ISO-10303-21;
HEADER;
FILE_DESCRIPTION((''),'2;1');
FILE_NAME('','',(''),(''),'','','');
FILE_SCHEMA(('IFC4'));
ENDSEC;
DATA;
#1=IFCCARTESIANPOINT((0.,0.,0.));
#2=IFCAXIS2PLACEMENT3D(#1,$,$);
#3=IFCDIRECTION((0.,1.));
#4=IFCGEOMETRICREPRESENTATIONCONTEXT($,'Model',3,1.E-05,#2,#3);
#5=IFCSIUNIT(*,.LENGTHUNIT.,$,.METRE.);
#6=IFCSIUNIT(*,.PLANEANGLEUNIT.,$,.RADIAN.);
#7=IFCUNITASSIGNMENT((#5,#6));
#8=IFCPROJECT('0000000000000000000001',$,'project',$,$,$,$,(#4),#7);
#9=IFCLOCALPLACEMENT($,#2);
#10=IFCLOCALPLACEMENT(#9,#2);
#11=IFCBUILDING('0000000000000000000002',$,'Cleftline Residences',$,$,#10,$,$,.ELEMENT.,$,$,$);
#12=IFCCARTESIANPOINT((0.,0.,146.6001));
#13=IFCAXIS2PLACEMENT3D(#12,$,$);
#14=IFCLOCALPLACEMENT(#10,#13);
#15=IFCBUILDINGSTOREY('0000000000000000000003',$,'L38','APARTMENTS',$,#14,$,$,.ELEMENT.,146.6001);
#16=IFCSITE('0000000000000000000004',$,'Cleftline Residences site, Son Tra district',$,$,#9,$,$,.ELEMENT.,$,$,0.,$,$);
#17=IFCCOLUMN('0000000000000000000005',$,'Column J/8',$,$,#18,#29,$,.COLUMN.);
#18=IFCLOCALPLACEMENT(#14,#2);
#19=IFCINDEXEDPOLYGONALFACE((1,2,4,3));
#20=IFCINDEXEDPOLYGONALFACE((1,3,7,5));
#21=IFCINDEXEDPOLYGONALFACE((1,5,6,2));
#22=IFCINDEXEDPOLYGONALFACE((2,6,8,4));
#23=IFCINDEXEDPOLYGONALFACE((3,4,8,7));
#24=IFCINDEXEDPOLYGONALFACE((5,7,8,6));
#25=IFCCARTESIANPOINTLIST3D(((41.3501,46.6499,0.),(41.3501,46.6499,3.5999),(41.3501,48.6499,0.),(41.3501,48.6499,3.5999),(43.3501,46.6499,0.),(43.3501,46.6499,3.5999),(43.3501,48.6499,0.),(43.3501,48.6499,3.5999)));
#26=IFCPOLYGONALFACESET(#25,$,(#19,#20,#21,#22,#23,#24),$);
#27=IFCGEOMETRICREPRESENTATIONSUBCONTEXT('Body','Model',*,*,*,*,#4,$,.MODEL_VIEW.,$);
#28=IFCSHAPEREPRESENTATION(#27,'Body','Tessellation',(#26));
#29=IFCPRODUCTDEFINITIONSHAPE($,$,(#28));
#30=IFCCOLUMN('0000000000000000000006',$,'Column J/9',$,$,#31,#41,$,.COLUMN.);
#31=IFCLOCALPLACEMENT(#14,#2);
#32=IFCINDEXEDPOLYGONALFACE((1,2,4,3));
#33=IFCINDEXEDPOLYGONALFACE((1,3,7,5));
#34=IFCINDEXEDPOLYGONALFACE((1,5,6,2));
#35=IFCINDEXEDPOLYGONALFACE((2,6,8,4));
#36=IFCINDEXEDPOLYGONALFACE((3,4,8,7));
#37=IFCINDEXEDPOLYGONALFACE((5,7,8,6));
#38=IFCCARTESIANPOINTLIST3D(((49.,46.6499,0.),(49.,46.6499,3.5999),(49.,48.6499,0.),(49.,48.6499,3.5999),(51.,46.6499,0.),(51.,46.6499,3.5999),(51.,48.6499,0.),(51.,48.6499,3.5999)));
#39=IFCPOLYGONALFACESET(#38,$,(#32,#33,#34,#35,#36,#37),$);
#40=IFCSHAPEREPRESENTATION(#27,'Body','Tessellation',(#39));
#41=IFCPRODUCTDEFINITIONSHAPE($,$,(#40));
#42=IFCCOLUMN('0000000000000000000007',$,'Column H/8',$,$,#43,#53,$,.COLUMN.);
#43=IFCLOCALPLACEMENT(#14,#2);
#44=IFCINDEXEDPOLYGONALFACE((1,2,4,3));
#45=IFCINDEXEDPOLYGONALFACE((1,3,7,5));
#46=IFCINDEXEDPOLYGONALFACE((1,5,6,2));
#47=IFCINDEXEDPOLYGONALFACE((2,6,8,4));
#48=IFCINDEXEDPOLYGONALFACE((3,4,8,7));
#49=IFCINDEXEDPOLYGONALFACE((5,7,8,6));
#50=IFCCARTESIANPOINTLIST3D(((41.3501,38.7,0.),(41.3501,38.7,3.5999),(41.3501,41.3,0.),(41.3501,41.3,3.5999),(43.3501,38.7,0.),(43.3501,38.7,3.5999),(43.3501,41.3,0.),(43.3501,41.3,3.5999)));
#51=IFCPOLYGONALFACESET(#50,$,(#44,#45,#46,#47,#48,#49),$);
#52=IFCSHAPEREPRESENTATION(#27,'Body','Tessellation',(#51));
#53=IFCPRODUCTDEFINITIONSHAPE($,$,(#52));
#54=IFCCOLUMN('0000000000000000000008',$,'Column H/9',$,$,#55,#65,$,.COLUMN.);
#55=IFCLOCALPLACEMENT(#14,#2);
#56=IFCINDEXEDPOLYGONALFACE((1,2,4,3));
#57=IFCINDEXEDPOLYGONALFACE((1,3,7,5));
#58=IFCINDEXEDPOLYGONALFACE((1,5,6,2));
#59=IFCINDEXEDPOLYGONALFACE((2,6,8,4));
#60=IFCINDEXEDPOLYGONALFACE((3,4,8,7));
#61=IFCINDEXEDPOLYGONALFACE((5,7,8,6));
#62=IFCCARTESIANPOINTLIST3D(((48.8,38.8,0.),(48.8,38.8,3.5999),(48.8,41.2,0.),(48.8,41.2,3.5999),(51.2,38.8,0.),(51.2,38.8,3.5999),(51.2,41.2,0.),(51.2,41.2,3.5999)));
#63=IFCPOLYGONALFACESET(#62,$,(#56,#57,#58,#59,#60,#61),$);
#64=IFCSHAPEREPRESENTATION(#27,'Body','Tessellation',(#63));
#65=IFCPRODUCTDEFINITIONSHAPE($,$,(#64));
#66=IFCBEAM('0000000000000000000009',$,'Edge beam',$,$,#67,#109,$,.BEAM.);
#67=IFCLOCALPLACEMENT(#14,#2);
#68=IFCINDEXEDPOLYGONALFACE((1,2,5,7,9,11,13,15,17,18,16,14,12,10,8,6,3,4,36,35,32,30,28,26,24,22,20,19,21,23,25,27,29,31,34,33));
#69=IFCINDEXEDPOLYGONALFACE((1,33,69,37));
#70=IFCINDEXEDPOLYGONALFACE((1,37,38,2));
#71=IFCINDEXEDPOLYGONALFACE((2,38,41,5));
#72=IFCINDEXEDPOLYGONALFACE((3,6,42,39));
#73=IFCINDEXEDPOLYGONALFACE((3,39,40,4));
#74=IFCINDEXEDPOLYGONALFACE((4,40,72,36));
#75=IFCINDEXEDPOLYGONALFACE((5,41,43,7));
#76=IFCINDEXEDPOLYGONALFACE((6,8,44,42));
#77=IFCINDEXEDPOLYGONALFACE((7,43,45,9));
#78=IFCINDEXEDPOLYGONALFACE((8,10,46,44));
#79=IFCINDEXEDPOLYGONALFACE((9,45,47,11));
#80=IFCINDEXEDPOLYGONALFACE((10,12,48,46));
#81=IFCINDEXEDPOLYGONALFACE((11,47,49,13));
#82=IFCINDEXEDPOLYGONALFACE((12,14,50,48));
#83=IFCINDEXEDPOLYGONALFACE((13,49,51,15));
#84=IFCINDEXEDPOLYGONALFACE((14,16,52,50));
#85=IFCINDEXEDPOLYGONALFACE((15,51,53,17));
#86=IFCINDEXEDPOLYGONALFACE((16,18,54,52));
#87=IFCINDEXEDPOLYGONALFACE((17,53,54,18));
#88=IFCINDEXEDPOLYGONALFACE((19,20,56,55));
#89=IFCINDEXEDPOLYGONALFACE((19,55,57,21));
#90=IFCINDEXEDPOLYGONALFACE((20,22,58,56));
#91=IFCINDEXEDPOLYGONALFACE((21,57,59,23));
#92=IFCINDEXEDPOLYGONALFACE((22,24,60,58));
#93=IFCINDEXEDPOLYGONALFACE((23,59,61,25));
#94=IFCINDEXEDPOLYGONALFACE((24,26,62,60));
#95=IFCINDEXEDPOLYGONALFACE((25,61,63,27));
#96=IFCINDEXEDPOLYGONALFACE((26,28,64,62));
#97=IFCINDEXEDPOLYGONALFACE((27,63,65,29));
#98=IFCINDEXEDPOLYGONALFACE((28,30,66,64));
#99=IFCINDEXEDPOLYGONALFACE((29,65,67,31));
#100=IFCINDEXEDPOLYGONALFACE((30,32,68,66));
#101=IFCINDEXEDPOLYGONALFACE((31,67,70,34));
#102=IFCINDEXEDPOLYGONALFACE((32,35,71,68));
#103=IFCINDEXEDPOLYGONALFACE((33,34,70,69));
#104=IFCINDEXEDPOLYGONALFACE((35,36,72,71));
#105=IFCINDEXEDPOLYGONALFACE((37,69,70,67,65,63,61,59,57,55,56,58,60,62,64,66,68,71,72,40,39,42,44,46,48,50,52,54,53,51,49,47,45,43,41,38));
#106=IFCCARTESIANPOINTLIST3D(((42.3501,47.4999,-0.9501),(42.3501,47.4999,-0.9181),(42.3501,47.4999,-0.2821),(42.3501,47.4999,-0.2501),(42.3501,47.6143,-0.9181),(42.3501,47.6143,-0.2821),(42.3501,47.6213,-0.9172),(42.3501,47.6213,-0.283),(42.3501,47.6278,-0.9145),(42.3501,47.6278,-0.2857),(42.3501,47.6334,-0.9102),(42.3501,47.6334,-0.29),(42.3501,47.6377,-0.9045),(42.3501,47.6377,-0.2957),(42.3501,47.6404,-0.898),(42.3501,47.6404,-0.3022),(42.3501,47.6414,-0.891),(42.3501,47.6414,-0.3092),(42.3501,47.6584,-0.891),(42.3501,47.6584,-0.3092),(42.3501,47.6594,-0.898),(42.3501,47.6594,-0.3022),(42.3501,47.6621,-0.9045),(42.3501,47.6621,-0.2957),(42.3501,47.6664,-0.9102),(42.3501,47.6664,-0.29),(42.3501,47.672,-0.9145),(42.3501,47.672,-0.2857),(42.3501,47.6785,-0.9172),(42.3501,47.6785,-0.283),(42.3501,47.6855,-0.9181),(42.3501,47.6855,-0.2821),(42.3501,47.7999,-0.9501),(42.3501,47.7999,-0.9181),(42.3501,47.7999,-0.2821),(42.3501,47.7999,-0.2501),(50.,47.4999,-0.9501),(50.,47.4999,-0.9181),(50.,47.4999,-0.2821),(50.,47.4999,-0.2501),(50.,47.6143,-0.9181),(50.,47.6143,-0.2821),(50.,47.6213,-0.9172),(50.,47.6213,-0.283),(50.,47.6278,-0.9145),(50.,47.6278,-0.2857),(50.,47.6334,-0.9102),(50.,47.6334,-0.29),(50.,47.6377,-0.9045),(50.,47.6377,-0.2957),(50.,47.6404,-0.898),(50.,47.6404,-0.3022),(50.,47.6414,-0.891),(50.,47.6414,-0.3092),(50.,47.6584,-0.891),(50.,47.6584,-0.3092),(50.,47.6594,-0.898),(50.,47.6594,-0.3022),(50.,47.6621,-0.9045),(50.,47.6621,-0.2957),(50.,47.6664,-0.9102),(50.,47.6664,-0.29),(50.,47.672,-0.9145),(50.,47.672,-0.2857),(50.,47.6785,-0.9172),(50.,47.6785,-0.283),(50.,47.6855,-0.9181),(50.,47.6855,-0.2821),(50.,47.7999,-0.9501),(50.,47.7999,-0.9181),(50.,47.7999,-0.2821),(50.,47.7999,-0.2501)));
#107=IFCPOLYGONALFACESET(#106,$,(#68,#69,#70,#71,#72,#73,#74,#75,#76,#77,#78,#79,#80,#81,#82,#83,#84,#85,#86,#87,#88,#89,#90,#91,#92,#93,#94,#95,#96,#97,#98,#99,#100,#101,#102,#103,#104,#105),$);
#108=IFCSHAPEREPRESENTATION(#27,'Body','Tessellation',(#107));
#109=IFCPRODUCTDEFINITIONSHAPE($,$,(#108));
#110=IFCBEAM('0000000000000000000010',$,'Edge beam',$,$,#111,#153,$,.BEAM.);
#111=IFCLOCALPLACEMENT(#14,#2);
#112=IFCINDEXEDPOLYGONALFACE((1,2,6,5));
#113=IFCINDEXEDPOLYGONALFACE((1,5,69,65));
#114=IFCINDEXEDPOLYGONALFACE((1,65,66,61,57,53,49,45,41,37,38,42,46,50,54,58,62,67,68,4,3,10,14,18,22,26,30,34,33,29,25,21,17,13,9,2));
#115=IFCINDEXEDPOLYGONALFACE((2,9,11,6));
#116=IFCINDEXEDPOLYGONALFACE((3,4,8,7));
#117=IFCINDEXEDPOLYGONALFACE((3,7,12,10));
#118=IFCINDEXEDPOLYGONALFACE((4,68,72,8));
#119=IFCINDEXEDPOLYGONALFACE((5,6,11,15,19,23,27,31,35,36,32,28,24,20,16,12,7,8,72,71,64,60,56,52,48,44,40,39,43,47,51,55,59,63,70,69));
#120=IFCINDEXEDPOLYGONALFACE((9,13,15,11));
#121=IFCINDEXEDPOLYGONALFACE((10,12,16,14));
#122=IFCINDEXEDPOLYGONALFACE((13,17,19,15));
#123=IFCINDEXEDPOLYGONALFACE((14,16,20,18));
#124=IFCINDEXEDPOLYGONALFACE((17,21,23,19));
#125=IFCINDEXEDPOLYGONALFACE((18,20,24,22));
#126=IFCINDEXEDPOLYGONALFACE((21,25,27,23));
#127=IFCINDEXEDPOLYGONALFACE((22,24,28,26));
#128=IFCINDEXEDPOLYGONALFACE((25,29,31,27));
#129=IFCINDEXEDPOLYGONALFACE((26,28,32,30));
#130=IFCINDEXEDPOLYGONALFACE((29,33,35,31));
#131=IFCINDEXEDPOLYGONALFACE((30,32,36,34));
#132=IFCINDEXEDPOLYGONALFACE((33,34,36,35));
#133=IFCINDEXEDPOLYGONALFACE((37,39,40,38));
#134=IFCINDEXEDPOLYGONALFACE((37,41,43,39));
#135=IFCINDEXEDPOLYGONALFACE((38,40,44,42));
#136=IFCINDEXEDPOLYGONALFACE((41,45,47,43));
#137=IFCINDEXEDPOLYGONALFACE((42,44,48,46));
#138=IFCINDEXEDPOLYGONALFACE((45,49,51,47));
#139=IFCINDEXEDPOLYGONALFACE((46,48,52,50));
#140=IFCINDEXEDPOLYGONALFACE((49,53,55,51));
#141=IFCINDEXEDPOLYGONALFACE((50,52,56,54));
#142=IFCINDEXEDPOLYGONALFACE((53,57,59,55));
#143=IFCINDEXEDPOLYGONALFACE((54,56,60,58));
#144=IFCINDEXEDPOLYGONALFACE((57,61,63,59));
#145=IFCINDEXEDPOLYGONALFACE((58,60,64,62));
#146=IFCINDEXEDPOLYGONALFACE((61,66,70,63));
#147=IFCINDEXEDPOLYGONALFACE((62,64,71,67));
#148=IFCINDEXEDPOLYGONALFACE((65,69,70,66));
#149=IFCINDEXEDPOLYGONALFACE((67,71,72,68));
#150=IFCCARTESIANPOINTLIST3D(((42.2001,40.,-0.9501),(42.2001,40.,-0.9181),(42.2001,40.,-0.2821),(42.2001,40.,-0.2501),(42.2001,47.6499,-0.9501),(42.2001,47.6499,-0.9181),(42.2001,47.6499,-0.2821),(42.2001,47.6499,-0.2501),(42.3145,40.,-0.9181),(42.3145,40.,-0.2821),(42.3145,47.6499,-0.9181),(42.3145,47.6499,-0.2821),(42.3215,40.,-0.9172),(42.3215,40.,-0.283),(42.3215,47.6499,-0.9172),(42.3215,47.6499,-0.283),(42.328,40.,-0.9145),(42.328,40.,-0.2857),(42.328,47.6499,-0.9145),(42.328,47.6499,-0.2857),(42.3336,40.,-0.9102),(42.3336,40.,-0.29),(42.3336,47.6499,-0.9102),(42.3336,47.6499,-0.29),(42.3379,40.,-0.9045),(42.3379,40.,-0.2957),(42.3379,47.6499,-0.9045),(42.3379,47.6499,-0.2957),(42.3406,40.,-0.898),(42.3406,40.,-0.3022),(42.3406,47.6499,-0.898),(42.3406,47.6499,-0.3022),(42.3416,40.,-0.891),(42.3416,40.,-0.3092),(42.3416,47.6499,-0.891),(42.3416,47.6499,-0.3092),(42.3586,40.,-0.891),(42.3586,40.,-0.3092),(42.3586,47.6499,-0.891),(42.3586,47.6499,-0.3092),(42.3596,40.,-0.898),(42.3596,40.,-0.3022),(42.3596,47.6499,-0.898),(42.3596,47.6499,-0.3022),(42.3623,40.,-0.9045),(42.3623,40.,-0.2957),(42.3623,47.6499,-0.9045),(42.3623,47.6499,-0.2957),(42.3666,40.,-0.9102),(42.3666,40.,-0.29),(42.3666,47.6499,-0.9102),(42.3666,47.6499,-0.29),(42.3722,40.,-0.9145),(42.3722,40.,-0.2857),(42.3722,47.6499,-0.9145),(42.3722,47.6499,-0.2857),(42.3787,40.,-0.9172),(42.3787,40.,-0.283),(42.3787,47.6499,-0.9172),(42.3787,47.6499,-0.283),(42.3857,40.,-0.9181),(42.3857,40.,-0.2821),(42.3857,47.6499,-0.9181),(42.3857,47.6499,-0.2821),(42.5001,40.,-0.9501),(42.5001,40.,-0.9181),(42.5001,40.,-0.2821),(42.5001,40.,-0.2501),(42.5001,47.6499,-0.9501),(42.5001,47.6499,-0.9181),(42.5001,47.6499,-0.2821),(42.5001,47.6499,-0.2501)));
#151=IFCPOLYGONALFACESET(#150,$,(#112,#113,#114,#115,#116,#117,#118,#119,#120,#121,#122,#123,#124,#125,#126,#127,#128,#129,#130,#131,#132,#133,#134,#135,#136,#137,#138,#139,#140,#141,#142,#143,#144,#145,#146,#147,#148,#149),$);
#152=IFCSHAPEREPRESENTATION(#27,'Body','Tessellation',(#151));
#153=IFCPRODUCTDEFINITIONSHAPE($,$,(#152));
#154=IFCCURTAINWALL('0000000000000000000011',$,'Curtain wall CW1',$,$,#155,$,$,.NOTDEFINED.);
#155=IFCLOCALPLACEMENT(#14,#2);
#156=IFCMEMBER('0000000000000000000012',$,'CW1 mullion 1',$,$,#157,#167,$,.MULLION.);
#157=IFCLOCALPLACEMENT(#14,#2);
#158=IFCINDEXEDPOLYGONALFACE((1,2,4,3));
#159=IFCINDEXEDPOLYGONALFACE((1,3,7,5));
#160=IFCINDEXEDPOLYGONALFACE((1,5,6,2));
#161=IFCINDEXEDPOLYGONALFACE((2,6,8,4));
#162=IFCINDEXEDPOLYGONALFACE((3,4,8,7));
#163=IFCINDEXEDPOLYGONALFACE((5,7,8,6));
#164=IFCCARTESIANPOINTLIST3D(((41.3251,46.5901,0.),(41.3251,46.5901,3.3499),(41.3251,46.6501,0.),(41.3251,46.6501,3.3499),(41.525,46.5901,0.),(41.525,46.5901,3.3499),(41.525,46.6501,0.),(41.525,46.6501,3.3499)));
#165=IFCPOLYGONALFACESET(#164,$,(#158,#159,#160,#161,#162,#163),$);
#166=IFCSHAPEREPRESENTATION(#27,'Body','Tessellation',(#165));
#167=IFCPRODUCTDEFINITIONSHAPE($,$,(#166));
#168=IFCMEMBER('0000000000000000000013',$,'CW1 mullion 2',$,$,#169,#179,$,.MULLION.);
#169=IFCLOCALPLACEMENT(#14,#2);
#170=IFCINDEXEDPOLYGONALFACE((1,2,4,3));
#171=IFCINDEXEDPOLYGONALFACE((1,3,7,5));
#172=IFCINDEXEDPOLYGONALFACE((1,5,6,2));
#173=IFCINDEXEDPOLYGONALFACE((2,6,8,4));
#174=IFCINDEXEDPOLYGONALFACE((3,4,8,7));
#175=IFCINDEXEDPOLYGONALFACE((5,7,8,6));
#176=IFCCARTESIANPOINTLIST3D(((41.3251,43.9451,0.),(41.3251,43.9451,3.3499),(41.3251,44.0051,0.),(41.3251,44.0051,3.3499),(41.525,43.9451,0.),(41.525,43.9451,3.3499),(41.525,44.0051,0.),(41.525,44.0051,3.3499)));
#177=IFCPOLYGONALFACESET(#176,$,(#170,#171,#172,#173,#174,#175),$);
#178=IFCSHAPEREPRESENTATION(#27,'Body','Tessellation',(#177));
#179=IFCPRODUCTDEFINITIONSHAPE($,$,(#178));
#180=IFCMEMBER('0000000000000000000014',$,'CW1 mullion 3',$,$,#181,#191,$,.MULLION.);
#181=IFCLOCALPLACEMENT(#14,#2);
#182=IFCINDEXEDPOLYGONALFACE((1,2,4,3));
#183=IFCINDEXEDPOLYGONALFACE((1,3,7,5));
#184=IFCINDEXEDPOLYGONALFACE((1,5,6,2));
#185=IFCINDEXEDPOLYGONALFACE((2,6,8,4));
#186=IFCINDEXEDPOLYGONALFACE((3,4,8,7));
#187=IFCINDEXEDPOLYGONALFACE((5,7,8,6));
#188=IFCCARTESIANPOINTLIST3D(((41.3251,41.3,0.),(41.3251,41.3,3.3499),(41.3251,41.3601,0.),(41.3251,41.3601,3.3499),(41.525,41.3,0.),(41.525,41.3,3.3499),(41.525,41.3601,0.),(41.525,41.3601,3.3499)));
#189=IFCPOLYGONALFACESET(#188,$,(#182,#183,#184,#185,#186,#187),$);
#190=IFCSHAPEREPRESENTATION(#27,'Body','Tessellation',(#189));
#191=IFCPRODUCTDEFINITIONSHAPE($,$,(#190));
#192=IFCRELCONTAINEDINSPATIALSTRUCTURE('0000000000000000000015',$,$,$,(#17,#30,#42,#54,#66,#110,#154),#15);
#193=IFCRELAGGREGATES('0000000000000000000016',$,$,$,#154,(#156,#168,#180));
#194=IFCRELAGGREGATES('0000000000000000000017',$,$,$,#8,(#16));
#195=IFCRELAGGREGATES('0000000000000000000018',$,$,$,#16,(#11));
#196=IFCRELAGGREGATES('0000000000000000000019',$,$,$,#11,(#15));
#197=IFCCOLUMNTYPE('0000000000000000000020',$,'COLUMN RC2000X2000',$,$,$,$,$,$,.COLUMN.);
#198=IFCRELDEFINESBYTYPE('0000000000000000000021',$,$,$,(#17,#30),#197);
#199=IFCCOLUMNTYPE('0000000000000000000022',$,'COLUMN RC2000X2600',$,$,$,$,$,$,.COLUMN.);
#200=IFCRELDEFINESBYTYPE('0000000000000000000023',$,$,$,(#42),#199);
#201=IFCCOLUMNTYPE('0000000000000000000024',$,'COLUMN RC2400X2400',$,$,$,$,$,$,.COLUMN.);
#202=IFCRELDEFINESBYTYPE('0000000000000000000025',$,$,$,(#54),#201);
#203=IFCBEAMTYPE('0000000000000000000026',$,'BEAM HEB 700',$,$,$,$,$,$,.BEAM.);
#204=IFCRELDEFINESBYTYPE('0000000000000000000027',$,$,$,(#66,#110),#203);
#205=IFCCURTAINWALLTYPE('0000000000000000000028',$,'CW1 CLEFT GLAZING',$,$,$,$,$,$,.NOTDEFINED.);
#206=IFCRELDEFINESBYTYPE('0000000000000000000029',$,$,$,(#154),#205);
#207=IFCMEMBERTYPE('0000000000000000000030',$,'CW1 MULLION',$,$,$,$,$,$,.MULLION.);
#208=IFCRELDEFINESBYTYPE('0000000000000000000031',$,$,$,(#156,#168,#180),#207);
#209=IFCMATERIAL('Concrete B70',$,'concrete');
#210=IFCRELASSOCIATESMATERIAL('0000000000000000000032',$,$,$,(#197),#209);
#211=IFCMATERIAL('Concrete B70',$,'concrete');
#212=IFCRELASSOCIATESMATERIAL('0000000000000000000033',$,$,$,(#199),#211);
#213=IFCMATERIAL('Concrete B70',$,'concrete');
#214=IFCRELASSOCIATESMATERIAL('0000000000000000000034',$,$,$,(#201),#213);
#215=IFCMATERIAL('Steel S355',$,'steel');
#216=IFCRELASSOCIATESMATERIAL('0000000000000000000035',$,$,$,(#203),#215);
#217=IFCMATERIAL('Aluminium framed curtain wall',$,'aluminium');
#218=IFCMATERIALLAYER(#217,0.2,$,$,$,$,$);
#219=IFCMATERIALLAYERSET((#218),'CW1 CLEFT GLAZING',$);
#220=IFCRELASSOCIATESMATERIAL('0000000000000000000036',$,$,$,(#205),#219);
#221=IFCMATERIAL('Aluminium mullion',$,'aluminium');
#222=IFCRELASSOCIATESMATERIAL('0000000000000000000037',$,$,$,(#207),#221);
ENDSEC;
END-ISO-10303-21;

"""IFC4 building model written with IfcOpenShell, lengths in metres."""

from ifc_helpers import new_model, si_unit, direction, frame, origin, origin_2d, place, context, subcontext, project, spatial, rectangle, i_section, extrude, material, layer, layer_set, material_profile, profile_set, type_object, element, aggregate, save


model = new_model("IFC4")

# Units and contexts
model_context = context("Model", 3, precision=1e-05, world=origin(), true_north=direction((0.0, 1.0)))
body_context = subcontext(model_context, "Body", "Model", "MODEL_VIEW")
ifc_project = project(units=[si_unit("LENGTHUNIT", "METRE"), si_unit("PLANEANGLEUNIT", "RADIAN")], contexts=[model_context])

# Site, building, storey
site_placement = place(None, origin())
site = spatial("IfcSite", under=ifc_project, at=site_placement, Name="Cleftline Residences site, Son Tra district", CompositionType="ELEMENT", RefElevation=0.0)
building_placement = place(site_placement, origin())
building = spatial("IfcBuilding", under=site, at=building_placement, Name="Cleftline Residences", CompositionType="ELEMENT")
storey_placement = place(building_placement, frame((0.0, 0.0, 146.6001)))
storey = spatial("IfcBuildingStorey", under=building, at=storey_placement, Name="L38", Description="APARTMENTS", CompositionType="ELEMENT", Elevation=146.6001)

# Columns
ifc_material_1 = material(Name="Concrete B70", Category="concrete")
ifc_material_profile_1 = material_profile(ifc_material_1, rectangle(XDim=2.0, YDim=2.0, at=origin_2d()))
ifc_profile_set_1 = profile_set([ifc_material_profile_1], Name="Concrete B70")
column_type_1 = type_object("IfcColumnType", Name="COLUMN RC2000X2000", PredefinedType="COLUMN", material=ifc_profile_set_1)
for number, where, z_axis, x_axis, name in (
    (1, (42.3501, 47.6499, 0.0), (0.0, 0.0, 1.0), (1.0, 0.0, 0.0), "Column J/8"),
    (2, (50.0, 47.6499, 0.0), (0.0, 0.0, 1.0), (1.0, 0.0, 0.0), "Column J/9"),
):
    element("IfcColumn", number, at=place(storey_placement, frame(where, z_axis=z_axis, x_axis=x_axis)), inside=storey, type_object=column_type_1, Name=name, PredefinedType="COLUMN", context=body_context, shape_type="SweptSolid", body=[
        extrude(rectangle(XDim=2.0, YDim=2.0, at=origin_2d()), origin(), (0.0, 0.0, 1.0), 3.5999),
    ])
ifc_material_2 = material(Name="Concrete B70", Category="concrete")
ifc_material_profile_2 = material_profile(ifc_material_2, rectangle(XDim=2.0, YDim=2.6001, at=origin_2d()))
ifc_profile_set_2 = profile_set([ifc_material_profile_2], Name="Concrete B70")
column_type_2 = type_object("IfcColumnType", Name="COLUMN RC2000X2600", PredefinedType="COLUMN", material=ifc_profile_set_2)
column_1_placement = place(storey_placement, frame((42.3501, 40.0, 0.0), z_axis=(0.0, 0.0, 1.0), x_axis=(1.0, 0.0, 0.0)))
element("IfcColumn", 3, at=column_1_placement, inside=storey, type_object=column_type_2, Name="Column H/8", PredefinedType="COLUMN", context=body_context, shape_type="SweptSolid", body=[
    extrude(rectangle(XDim=2.0, YDim=2.6001, at=origin_2d()), origin(), (0.0, 0.0, 1.0), 3.5999),
])
ifc_material_3 = material(Name="Concrete B70", Category="concrete")
ifc_material_profile_3 = material_profile(ifc_material_3, rectangle(XDim=2.3999, YDim=2.3999, at=origin_2d()))
ifc_profile_set_3 = profile_set([ifc_material_profile_3], Name="Concrete B70")
column_type_3 = type_object("IfcColumnType", Name="COLUMN RC2400X2400", PredefinedType="COLUMN", material=ifc_profile_set_3)
column_2_placement = place(storey_placement, frame((50.0, 40.0, 0.0), z_axis=(0.0, 0.0, 1.0), x_axis=(1.0, 0.0, 0.0)))
element("IfcColumn", 4, at=column_2_placement, inside=storey, type_object=column_type_3, Name="Column H/9", PredefinedType="COLUMN", context=body_context, shape_type="SweptSolid", body=[
    extrude(rectangle(XDim=2.3999, YDim=2.3999, at=origin_2d()), origin(), (0.0, 0.0, 1.0), 3.5999),
])

# Beams
ifc_material_4 = material(Name="Steel S355", Category="steel")
ifc_material_profile_4 = material_profile(ifc_material_4, i_section(OverallWidth=0.3, OverallDepth=0.7, WebThickness=0.0171, FlangeThickness=0.032, FilletRadius=0.0271, at=origin_2d()))
ifc_profile_set_4 = profile_set([ifc_material_profile_4], Name="Steel S355")
beam_type = type_object("IfcBeamType", Name="BEAM HEB 700", PredefinedType="BEAM", material=ifc_profile_set_4)
for number, where, z_axis, x_axis, name in (
    (5, (50.0, 47.6499, -0.6001), (-1.0, 0.0, 0.0), (0.0, -1.0, 0.0), "Edge beam"),
    (6, (42.3501, 47.6499, -0.6001), (0.0, -1.0, 0.0), (1.0, 0.0, 0.0), "Edge beam"),
):
    element("IfcBeam", number, at=place(storey_placement, frame(where, z_axis=z_axis, x_axis=x_axis)), inside=storey, type_object=beam_type, Name=name, PredefinedType="BEAM", context=body_context, shape_type="SweptSolid", body=[
        extrude(i_section(OverallWidth=0.3, OverallDepth=0.7, WebThickness=0.0171, FlangeThickness=0.032, FilletRadius=0.0271, at=origin_2d()), origin(), (0.0, 0.0, 1.0), 7.6499),
    ])

# Curtain wall, members
ifc_material_5 = material(Name="Aluminium framed curtain wall", Category="aluminium")
ifc_layer_1 = layer(ifc_material_5, 0.2)
ifc_layer_set_1 = layer_set([ifc_layer_1], Name="CW1 CLEFT GLAZING")
curtain_wall_type = type_object("IfcCurtainWallType", Name="CW1 CLEFT GLAZING", PredefinedType="NOTDEFINED", material=ifc_layer_set_1)
curtain_wall_1_placement = place(storey_placement, origin())
curtain_wall_1 = element("IfcCurtainWall", 7, at=curtain_wall_1_placement, inside=storey, type_object=curtain_wall_type, Name="Curtain wall CW1", PredefinedType="NOTDEFINED")
ifc_material_6 = material(Name="Aluminium mullion", Category="aluminium")
ifc_material_profile_5 = material_profile(ifc_material_6, rectangle(XDim=0.2, YDim=0.0601, at=origin_2d()))
ifc_profile_set_5 = profile_set([ifc_material_profile_5], Name="Aluminium mullion")
member_type_1 = type_object("IfcMemberType", Name="CW1 MULLION", PredefinedType="MULLION", material=ifc_profile_set_5)
member_1_placement = place(storey_placement, frame((41.425, 46.6201, 0.0), z_axis=(0.0, 0.0, 1.0), x_axis=(1.0, 0.0, 0.0)))
member_1 = element("IfcMember", 8, at=member_1_placement, type_object=member_type_1, Name="CW1 mullion 1", PredefinedType="MULLION", context=body_context, shape_type="SweptSolid", body=[
    extrude(rectangle(XDim=0.2, YDim=0.0601, at=origin_2d()), origin(), (0.0, 0.0, 1.0), 3.3499),
])
member_2_placement = place(storey_placement, frame((41.425, 43.9751, 0.0), z_axis=(0.0, 0.0, 1.0), x_axis=(1.0, 0.0, 0.0)))
member_2 = element("IfcMember", 9, at=member_2_placement, type_object=member_type_1, Name="CW1 mullion 2", PredefinedType="MULLION", context=body_context, shape_type="SweptSolid", body=[
    extrude(rectangle(XDim=0.2, YDim=0.0601, at=origin_2d()), origin(), (0.0, 0.0, 1.0), 3.3499),
])
member_3_placement = place(storey_placement, frame((41.425, 41.3301, 0.0), z_axis=(0.0, 0.0, 1.0), x_axis=(1.0, 0.0, 0.0)))
member_3 = element("IfcMember", 10, at=member_3_placement, type_object=member_type_1, Name="CW1 mullion 3", PredefinedType="MULLION", context=body_context, shape_type="SweptSolid", body=[
    extrude(rectangle(XDim=0.2, YDim=0.0601, at=origin_2d()), origin(), (0.0, 0.0, 1.0), 3.3499),
])

aggregate(curtain_wall_1, [member_1, member_2, member_3])

save(model, "model.ifc")
